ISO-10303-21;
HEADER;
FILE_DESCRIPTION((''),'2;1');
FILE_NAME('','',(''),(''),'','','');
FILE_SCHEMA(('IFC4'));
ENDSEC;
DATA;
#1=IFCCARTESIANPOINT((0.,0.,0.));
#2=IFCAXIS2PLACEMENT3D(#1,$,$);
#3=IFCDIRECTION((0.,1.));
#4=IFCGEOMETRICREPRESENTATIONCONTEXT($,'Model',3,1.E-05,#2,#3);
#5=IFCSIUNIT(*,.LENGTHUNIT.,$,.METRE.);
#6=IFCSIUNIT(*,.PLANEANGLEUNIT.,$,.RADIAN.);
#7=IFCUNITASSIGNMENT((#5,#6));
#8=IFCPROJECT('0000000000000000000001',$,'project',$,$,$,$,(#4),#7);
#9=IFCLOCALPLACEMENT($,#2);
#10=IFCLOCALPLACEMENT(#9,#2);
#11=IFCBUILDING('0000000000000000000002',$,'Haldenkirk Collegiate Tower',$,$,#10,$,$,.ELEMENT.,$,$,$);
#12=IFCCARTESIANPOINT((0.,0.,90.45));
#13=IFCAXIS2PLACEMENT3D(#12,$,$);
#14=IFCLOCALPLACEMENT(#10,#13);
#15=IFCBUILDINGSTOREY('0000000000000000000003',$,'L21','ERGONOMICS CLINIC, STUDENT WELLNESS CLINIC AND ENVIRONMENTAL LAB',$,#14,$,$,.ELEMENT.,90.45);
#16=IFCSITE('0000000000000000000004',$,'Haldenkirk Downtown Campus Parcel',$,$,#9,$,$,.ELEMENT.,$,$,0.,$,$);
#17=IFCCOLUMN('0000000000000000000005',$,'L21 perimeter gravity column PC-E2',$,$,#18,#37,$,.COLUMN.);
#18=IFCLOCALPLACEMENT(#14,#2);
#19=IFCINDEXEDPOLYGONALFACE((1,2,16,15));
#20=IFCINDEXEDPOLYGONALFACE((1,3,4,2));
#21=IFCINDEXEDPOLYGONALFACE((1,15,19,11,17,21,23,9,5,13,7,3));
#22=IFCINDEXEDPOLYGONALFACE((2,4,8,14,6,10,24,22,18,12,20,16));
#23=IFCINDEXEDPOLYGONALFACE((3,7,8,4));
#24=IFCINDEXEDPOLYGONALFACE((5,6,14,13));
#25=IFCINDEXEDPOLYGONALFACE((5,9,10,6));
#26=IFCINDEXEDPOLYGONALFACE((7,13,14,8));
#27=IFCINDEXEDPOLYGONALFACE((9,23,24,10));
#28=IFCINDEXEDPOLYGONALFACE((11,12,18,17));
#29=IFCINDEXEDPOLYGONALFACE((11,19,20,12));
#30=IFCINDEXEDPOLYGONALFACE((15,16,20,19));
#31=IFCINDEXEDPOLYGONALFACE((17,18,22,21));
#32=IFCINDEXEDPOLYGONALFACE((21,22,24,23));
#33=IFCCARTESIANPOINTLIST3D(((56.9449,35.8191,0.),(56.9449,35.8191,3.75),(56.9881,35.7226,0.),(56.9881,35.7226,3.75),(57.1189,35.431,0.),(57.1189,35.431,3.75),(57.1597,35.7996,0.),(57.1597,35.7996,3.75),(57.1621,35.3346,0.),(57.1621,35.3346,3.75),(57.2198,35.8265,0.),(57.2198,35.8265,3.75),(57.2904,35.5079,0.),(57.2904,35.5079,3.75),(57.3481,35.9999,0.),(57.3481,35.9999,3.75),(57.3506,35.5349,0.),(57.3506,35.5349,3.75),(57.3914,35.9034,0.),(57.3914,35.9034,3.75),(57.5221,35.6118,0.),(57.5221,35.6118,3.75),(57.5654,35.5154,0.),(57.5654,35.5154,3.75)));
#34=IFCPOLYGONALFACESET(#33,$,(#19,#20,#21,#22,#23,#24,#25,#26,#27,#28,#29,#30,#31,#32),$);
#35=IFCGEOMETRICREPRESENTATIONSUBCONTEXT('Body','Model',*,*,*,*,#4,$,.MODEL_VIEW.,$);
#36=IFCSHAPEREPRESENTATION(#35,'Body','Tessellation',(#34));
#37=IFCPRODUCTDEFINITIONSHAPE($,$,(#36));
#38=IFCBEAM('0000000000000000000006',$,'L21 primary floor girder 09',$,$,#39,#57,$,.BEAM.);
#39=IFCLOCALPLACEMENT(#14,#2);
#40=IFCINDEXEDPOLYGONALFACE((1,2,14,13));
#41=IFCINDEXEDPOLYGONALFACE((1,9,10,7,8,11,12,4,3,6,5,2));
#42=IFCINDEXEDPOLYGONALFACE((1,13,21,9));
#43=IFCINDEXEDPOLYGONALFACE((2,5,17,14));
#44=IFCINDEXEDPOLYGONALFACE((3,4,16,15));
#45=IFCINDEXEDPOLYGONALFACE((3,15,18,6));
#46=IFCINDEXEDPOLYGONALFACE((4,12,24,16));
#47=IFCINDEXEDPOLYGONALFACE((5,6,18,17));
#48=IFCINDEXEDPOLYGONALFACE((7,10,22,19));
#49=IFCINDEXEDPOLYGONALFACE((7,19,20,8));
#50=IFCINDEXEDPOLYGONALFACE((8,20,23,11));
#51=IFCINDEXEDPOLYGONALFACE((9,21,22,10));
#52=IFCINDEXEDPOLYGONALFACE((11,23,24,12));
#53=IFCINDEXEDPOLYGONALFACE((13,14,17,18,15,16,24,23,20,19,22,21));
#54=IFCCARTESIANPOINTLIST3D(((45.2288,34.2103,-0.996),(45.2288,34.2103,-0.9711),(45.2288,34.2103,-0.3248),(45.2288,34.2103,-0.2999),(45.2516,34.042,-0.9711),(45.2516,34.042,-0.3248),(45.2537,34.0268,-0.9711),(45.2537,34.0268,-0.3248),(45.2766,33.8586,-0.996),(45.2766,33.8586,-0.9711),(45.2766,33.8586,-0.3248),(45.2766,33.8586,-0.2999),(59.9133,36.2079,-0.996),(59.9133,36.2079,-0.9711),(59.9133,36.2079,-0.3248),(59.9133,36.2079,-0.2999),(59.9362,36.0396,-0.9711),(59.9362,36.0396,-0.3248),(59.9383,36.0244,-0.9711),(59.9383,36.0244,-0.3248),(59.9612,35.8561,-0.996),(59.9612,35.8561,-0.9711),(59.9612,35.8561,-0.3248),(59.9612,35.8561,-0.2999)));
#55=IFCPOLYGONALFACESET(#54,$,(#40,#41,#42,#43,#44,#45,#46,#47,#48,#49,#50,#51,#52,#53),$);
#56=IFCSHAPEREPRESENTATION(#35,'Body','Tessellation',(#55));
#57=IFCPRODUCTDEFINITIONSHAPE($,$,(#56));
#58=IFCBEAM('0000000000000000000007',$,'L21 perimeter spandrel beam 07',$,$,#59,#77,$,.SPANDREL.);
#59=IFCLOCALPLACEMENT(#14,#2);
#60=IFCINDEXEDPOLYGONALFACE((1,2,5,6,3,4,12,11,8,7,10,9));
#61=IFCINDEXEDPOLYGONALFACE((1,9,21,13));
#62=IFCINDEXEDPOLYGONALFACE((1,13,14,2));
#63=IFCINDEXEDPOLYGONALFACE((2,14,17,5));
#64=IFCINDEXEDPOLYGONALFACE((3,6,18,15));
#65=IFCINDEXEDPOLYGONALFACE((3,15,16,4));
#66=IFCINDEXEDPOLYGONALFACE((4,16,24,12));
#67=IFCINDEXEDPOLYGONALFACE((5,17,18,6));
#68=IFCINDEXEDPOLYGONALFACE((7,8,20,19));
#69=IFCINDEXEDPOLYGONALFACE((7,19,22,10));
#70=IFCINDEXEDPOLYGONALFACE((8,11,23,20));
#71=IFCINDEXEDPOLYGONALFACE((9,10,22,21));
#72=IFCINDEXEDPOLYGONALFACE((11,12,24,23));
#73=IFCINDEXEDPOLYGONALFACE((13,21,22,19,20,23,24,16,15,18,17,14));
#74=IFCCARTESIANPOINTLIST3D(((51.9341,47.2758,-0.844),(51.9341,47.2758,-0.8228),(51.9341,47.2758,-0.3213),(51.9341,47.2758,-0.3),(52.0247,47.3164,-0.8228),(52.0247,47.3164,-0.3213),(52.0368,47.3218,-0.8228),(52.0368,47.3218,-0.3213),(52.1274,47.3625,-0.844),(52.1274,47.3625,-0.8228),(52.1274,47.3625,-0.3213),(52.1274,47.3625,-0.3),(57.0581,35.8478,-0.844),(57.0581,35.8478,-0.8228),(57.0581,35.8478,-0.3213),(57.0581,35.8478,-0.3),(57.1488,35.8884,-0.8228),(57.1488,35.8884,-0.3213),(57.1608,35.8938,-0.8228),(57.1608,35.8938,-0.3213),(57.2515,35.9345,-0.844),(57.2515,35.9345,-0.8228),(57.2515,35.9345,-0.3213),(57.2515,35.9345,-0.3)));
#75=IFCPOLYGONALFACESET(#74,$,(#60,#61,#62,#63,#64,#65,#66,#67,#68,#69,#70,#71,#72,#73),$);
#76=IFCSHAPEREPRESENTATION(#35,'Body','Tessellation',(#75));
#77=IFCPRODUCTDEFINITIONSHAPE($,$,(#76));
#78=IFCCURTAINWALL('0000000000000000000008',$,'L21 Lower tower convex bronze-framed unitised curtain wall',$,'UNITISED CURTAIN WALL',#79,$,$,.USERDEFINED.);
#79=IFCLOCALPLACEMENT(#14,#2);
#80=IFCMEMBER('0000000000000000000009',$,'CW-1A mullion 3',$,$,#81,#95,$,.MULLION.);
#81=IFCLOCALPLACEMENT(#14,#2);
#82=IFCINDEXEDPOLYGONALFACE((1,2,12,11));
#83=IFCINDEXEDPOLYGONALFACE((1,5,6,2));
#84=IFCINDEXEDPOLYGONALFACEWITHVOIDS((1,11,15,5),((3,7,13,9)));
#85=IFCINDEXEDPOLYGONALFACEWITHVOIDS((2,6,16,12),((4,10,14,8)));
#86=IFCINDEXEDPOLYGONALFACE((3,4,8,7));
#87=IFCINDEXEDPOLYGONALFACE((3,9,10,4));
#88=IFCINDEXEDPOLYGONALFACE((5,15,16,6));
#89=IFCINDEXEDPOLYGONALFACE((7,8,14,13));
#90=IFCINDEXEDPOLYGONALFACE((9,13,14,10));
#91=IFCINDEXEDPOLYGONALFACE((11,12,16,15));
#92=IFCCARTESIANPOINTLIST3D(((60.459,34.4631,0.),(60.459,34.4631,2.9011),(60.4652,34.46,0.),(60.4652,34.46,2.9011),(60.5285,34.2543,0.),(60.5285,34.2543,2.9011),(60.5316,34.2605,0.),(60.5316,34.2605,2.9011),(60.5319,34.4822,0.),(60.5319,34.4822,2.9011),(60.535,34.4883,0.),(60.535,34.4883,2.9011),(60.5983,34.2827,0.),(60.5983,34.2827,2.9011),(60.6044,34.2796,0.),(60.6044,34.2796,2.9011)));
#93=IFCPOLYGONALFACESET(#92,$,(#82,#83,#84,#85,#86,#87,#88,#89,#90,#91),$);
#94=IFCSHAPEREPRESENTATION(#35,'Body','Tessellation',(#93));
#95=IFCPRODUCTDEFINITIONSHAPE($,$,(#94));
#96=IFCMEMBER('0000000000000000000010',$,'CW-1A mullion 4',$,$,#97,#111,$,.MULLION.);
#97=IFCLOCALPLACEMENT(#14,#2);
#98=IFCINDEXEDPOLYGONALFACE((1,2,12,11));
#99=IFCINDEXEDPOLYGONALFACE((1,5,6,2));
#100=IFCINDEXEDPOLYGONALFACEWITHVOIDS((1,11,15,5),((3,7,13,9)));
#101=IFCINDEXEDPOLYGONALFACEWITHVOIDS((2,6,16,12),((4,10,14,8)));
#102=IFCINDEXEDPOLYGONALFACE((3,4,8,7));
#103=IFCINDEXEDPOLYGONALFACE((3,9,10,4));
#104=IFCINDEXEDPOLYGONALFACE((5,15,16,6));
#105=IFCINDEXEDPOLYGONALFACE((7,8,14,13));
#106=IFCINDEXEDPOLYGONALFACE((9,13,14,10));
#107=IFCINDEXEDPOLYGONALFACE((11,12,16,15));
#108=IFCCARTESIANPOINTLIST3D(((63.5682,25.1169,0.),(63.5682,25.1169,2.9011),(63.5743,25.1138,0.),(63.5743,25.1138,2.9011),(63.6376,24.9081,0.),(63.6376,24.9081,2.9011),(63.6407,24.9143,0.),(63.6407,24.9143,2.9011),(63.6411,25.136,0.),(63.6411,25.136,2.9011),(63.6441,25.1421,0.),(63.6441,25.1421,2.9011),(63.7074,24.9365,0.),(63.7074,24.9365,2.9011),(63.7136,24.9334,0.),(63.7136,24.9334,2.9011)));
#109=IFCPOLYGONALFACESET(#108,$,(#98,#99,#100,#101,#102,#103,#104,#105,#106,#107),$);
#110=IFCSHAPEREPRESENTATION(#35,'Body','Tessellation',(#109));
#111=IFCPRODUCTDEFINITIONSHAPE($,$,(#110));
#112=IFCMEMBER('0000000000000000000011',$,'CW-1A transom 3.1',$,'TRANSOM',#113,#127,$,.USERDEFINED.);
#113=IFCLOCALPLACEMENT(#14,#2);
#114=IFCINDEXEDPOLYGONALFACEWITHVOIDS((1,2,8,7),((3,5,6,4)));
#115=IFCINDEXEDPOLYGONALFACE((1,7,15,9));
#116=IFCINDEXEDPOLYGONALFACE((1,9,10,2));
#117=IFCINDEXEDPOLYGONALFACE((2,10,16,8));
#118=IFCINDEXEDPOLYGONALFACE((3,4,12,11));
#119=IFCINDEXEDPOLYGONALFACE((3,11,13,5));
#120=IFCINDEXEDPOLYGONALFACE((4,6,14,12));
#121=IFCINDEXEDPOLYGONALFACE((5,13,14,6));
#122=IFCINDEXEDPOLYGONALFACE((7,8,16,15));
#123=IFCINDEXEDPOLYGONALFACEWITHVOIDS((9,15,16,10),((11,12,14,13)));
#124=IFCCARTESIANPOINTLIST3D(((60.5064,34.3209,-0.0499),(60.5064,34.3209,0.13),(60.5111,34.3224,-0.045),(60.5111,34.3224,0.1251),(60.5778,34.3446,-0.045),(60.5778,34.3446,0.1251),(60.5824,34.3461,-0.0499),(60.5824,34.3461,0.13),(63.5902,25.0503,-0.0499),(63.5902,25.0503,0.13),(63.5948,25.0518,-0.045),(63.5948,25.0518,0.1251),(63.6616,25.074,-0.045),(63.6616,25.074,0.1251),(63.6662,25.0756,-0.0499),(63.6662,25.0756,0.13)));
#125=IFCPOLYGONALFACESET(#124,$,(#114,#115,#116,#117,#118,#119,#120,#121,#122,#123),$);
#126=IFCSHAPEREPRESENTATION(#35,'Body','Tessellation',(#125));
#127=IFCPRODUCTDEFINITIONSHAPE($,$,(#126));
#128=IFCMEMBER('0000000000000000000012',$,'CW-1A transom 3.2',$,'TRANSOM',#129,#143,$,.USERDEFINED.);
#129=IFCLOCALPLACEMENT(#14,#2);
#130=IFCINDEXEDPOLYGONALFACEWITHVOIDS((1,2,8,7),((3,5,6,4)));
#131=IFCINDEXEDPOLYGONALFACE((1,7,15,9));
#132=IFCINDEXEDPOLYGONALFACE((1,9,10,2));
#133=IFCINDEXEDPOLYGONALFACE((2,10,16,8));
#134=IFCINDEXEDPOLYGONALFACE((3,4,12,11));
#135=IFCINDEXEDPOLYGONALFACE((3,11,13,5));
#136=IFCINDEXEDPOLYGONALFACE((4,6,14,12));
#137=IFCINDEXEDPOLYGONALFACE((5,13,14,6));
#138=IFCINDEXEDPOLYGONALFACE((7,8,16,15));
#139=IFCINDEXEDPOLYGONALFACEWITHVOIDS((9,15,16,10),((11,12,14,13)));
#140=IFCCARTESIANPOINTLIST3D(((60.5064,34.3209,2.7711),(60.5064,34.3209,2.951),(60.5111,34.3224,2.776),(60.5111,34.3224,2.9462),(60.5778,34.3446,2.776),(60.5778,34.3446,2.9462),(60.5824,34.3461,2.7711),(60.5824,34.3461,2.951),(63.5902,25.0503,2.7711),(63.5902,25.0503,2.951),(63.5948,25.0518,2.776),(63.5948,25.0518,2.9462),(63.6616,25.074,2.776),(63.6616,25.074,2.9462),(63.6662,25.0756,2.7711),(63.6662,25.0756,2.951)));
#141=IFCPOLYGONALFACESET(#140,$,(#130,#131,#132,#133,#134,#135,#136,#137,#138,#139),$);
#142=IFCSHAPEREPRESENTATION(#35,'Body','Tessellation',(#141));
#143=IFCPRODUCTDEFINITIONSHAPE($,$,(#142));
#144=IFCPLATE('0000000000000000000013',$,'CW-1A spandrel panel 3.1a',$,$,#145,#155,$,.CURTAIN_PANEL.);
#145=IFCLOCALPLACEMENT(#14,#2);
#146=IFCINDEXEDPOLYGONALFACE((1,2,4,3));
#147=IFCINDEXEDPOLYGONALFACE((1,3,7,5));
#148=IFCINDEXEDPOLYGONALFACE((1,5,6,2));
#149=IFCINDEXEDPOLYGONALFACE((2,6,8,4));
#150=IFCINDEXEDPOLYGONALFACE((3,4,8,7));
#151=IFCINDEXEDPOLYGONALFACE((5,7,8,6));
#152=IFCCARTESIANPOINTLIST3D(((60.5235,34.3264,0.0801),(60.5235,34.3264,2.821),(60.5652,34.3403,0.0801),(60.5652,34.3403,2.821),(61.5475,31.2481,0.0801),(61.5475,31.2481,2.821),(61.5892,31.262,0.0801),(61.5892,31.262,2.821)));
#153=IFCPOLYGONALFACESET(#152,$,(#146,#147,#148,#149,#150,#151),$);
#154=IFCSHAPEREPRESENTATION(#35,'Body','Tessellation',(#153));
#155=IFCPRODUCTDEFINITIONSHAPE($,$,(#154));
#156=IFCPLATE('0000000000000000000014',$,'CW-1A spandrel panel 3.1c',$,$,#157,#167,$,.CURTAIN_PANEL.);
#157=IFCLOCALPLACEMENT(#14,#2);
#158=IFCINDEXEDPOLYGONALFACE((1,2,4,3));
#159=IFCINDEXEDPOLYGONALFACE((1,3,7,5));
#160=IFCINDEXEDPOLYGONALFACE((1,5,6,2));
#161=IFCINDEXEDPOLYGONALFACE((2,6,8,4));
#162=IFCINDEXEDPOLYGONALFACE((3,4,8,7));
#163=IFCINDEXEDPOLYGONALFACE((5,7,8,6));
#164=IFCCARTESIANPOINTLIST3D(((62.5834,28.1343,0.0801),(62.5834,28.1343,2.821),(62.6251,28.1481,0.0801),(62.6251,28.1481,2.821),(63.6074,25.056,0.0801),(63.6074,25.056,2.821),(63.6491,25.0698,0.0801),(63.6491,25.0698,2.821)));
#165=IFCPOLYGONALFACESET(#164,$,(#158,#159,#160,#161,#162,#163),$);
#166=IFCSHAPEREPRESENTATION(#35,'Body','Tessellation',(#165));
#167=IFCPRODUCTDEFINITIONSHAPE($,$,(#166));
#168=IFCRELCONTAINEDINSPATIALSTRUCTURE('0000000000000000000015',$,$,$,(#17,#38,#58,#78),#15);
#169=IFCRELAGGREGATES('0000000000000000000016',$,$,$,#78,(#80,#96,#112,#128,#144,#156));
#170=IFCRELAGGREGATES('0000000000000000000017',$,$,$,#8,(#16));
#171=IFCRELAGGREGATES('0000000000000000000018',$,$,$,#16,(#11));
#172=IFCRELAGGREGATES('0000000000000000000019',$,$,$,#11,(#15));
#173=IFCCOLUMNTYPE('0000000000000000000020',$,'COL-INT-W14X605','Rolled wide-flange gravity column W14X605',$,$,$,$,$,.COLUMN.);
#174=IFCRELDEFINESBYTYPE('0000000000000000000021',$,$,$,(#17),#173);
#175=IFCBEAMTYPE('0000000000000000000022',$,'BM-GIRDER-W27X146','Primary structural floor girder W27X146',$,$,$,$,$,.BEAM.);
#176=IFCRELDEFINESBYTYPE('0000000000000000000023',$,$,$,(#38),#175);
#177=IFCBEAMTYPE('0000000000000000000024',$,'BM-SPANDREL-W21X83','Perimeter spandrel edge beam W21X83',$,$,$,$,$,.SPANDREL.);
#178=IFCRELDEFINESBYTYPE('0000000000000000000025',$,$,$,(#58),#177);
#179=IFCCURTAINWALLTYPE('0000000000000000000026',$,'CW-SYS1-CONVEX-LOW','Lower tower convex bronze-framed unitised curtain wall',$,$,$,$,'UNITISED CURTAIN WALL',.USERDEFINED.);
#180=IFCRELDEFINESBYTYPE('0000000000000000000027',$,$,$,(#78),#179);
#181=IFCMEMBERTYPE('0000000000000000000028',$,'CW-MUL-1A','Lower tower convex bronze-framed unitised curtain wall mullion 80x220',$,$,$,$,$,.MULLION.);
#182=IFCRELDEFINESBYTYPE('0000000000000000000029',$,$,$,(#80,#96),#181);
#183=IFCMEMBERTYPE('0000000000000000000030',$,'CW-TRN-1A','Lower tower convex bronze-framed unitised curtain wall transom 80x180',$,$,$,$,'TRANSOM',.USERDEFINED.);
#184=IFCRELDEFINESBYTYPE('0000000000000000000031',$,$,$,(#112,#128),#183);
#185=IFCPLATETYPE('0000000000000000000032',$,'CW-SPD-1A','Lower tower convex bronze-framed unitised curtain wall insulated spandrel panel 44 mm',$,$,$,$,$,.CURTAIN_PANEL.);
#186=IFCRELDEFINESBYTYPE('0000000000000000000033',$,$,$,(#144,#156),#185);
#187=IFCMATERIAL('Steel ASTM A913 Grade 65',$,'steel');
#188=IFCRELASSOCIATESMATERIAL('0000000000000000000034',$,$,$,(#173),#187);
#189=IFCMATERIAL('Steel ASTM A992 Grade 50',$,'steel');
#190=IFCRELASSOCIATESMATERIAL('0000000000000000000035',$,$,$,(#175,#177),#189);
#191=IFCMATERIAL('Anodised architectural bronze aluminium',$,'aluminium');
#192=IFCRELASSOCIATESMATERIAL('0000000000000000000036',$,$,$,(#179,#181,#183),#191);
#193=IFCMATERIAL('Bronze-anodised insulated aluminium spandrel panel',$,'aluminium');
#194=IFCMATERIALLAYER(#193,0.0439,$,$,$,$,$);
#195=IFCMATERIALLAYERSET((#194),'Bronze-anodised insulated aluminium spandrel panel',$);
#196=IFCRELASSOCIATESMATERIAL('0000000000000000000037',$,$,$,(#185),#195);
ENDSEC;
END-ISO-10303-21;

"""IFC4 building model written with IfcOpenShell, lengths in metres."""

from ifc_helpers import new_model, si_unit, direction, frame, origin, origin_2d, place, context, subcontext, project, spatial, rectangle, hollow_rectangle, i_section, extrude, source, transform, mapped, material, layer, layer_set, material_profile, profile_set, type_object, element, aggregate, save


model = new_model("IFC4")

# Units and contexts
model_context = context("Model", 3, precision=1e-05, world=origin(), true_north=direction((0.0, 1.0)))
body_context = subcontext(model_context, "Body", "Model", "MODEL_VIEW")
ifc_project = project(units=[si_unit("LENGTHUNIT", "METRE"), si_unit("PLANEANGLEUNIT", "RADIAN")], contexts=[model_context])

# Site, building, storey
site_placement = place(None, origin())
site = spatial("IfcSite", under=ifc_project, at=site_placement, Name="Haldenkirk Downtown Campus Parcel", CompositionType="ELEMENT", RefElevation=0.0)
building_placement = place(site_placement, origin())
building = spatial("IfcBuilding", under=site, at=building_placement, Name="Haldenkirk Collegiate Tower", CompositionType="ELEMENT")
storey_placement = place(building_placement, frame((0.0, 0.0, 90.45)))
storey = spatial("IfcBuildingStorey", under=building, at=storey_placement, Name="L21", Description="ERGONOMICS CLINIC, STUDENT WELLNESS CLINIC AND ENVIRONMENTAL LAB", CompositionType="ELEMENT", Elevation=90.45)

# Column
ifc_material_1 = material(Name="Steel ASTM A913 Grade 65", Category="steel")
ifc_material_profile_1 = material_profile(ifc_material_1, i_section(OverallWidth=0.4419, OverallDepth=0.531, WebThickness=0.0659, FlangeThickness=0.1057, at=origin_2d()), Name="W14X605")
ifc_profile_set_1 = profile_set([ifc_material_profile_1], Name="Steel ASTM A913 Grade 65")
column_type = type_object("IfcColumnType", Name="COL-INT-W14X605", Description="Rolled wide-flange gravity column W14X605", PredefinedType="COLUMN", material=ifc_profile_set_1)
column_placement = place(storey_placement, frame((57.2551, 35.6672, 0.0), z_axis=(0.0, 0.0, 1.0), x_axis=(0.912477, 0.409127, 0.0)))
element("IfcColumn", 1, at=column_placement, inside=storey, type_object=column_type, Name="L21 perimeter gravity column PC-E2", PredefinedType="COLUMN", context=body_context, shape_type="SweptSolid", body=[
    extrude(i_section(OverallWidth=0.4419, OverallDepth=0.531, WebThickness=0.0659, FlangeThickness=0.1057, at=origin_2d()), origin(), (0.0, 0.0, 1.0), 3.75),
])

# Beams
ifc_material_2 = material(Name="Steel ASTM A992 Grade 50", Category="steel")
ifc_material_profile_2 = material_profile(ifc_material_2, i_section(OverallWidth=0.355, OverallDepth=0.696, WebThickness=0.0154, FlangeThickness=0.0249, at=origin_2d()), Name="W27X146")
ifc_profile_set_2 = profile_set([ifc_material_profile_2], Name="Steel ASTM A992 Grade 50")
beam_type_1 = type_object("IfcBeamType", Name="BM-GIRDER-W27X146", Description="Primary structural floor girder W27X146", PredefinedType="BEAM", material=ifc_profile_set_2)
beam_1_placement = place(storey_placement, frame((59.9373, 36.032, -0.6479), z_axis=(-0.990874, -0.13479, 0.0), x_axis=(0.13479, -0.990874, 0.0)))
element("IfcBeam", 2, at=beam_1_placement, inside=storey, type_object=beam_type_1, Name="L21 primary floor girder 09", PredefinedType="BEAM", context=body_context, shape_type="SweptSolid", body=[
    extrude(i_section(OverallWidth=0.355, OverallDepth=0.696, WebThickness=0.0154, FlangeThickness=0.0249, at=origin_2d()), origin(), (0.0, 0.0, 1.0), 14.8198),
])
ifc_material_profile_3 = material_profile(ifc_material_2, i_section(OverallWidth=0.2119, OverallDepth=0.5439, WebThickness=0.0132, FlangeThickness=0.0212, at=origin_2d()), Name="W21X83")
ifc_profile_set_3 = profile_set([ifc_material_profile_3], Name="Steel ASTM A992 Grade 50")
beam_type_2 = type_object("IfcBeamType", Name="BM-SPANDREL-W21X83", Description="Perimeter spandrel edge beam W21X83", PredefinedType="SPANDREL", material=ifc_profile_set_3)
beam_2_placement = place(storey_placement, frame((57.1548, 35.8911, -0.572), z_axis=(-0.409131, 0.912475, 0.0), x_axis=(-0.912475, -0.409131, 0.0)))
element("IfcBeam", 3, at=beam_2_placement, inside=storey, type_object=beam_type_2, Name="L21 perimeter spandrel beam 07", PredefinedType="SPANDREL", context=body_context, shape_type="SweptSolid", body=[
    extrude(i_section(OverallWidth=0.2119, OverallDepth=0.5439, WebThickness=0.0132, FlangeThickness=0.0212, at=origin_2d()), origin(), (0.0, 0.0, 1.0), 12.5242),
])

# Curtain wall, members, plates
ifc_material_3 = material(Name="Anodised architectural bronze aluminium", Category="aluminium")
curtain_wall_type = type_object("IfcCurtainWallType", Name="CW-SYS1-CONVEX-LOW", Description="Lower tower convex bronze-framed unitised curtain wall", ElementType="UNITISED CURTAIN WALL", PredefinedType="USERDEFINED", material=ifc_material_3)
curtain_wall_placement = place(storey_placement, origin())
curtain_wall = element("IfcCurtainWall", 4, at=curtain_wall_placement, inside=storey, type_object=curtain_wall_type, Name="L21 Lower tower convex bronze-framed unitised curtain wall", ObjectType="UNITISED CURTAIN WALL", PredefinedType="USERDEFINED")
ifc_material_profile_4 = material_profile(ifc_material_3, hollow_rectangle(XDim=0.0801, YDim=0.22, WallThickness=0.0049, at=origin_2d()), Name="CW-MUL-1A")
ifc_profile_set_4 = profile_set([ifc_material_profile_4], Name="Anodised architectural bronze aluminium")
member_type_1 = type_object("IfcMemberType", Name="CW-MUL-1A", Description="Lower tower convex bronze-framed unitised curtain wall mullion 80x220", PredefinedType="MULLION", material=ifc_profile_set_4)
member_1_placement = place(storey_placement, frame((60.5317, 34.3713, 0.0), z_axis=(0.0, 0.0, 1.0), x_axis=(0.948877, 0.315648, 0.0)))
member_1 = element("IfcMember", 5, at=member_1_placement, type_object=member_type_1, Name="CW-1A mullion 3", PredefinedType="MULLION", context=body_context, shape_type="SweptSolid", body=[
    extrude(hollow_rectangle(XDim=0.0801, YDim=0.22, WallThickness=0.0049, at=origin_2d()), origin(), (0.0, 0.0, 1.0), 2.9011),
])
member_2_placement = place(storey_placement, frame((63.6409, 25.0251, 0.0), z_axis=(0.0, 0.0, 1.0), x_axis=(0.948877, 0.315648, 0.0)))
member_2 = element("IfcMember", 6, at=member_2_placement, type_object=member_type_1, Name="CW-1A mullion 4", PredefinedType="MULLION", context=body_context, shape_type="SweptSolid", body=[
    extrude(hollow_rectangle(XDim=0.0801, YDim=0.22, WallThickness=0.0049, at=origin_2d()), origin(), (0.0, 0.0, 1.0), 2.9011),
])
ifc_material_profile_5 = material_profile(ifc_material_3, hollow_rectangle(XDim=0.0801, YDim=0.1799, WallThickness=0.0049, at=origin_2d()), Name="CW-TRN-1A")
ifc_profile_set_5 = profile_set([ifc_material_profile_5], Name="Anodised architectural bronze aluminium")
member_type_2 = type_object("IfcMemberType", Name="CW-TRN-1A", Description="Lower tower convex bronze-framed unitised curtain wall transom 80x180", ElementType="TRANSOM", PredefinedType="USERDEFINED", material=ifc_profile_set_5)
member_3_placement = place(storey_placement, frame((60.5444, 34.3335, 0.04), z_axis=(0.315635, -0.948881, 0.0), x_axis=(0.948881, 0.315635, 0.0)))
member_3 = element("IfcMember", 7, at=member_3_placement, type_object=member_type_2, Name="CW-1A transom 3.1", ObjectType="TRANSOM", PredefinedType="USERDEFINED", context=body_context, shape_type="SweptSolid", body=[
    extrude(hollow_rectangle(XDim=0.0801, YDim=0.1799, WallThickness=0.0049, at=origin_2d()), origin(), (0.0, 0.0, 1.0), 9.77),
])
member_4_placement = place(storey_placement, frame((60.5444, 34.3335, 2.8611), z_axis=(0.315635, -0.948881, 0.0), x_axis=(0.948881, 0.315635, 0.0)))
member_4 = element("IfcMember", 8, at=member_4_placement, type_object=member_type_2, Name="CW-1A transom 3.2", ObjectType="TRANSOM", PredefinedType="USERDEFINED", context=body_context, shape_type="SweptSolid", body=[
    extrude(hollow_rectangle(XDim=0.0801, YDim=0.1799, WallThickness=0.0049, at=origin_2d()), origin(), (0.0, 0.0, 1.0), 9.77),
])
ifc_material_4 = material(Name="Bronze-anodised insulated aluminium spandrel panel", Category="aluminium")
ifc_layer_1 = layer(ifc_material_4, 0.0439)
ifc_layer_set_1 = layer_set([ifc_layer_1], Name="Bronze-anodised insulated aluminium spandrel panel")
plate_type = type_object("IfcPlateType", Name="CW-SPD-1A", Description="Lower tower convex bronze-framed unitised curtain wall insulated spandrel panel 44 mm", PredefinedType="CURTAIN_PANEL", material=ifc_layer_set_1)
shared_shape_1 = source(origin(), body_context, "Body", "SweptSolid", [
    extrude(rectangle(XDim=3.2441, YDim=0.0439, at=origin_2d()), origin(), (0.0, 0.0, 1.0), 2.741),
])
plate_1_placement = place(storey_placement, frame((61.0564, 32.7942, 0.0801), z_axis=(0.0, 0.0, 1.0), x_axis=(0.315648, -0.948877, 0.0)))
plate_1 = element("IfcPlate", 9, at=plate_1_placement, type_object=plate_type, Name="CW-1A spandrel panel 3.1a", PredefinedType="CURTAIN_PANEL", context=body_context, shape_type="MappedRepresentation", body=[
    mapped(shared_shape_1, transform((0.0, 0.0, 0.0), x_axis=(1.0, 0.0, 0.0), y_axis=(0.0, 1.0, 0.0), z_axis=(0.0, 0.0, 1.0), scale=1.0)),
])
plate_2_placement = place(storey_placement, frame((63.1162, 26.6021, 0.0801), z_axis=(0.0, 0.0, 1.0), x_axis=(0.315648, -0.948877, 0.0)))
plate_2 = element("IfcPlate", 10, at=plate_2_placement, type_object=plate_type, Name="CW-1A spandrel panel 3.1c", PredefinedType="CURTAIN_PANEL", context=body_context, shape_type="MappedRepresentation", body=[
    mapped(shared_shape_1, transform((0.0, 0.0, 0.0), x_axis=(1.0, 0.0, 0.0), y_axis=(0.0, 1.0, 0.0), z_axis=(0.0, 0.0, 1.0), scale=1.0)),
])
aggregate(curtain_wall, [member_1, member_2, member_3, member_4, plate_1, plate_2])

save(model, "model.ifc")
